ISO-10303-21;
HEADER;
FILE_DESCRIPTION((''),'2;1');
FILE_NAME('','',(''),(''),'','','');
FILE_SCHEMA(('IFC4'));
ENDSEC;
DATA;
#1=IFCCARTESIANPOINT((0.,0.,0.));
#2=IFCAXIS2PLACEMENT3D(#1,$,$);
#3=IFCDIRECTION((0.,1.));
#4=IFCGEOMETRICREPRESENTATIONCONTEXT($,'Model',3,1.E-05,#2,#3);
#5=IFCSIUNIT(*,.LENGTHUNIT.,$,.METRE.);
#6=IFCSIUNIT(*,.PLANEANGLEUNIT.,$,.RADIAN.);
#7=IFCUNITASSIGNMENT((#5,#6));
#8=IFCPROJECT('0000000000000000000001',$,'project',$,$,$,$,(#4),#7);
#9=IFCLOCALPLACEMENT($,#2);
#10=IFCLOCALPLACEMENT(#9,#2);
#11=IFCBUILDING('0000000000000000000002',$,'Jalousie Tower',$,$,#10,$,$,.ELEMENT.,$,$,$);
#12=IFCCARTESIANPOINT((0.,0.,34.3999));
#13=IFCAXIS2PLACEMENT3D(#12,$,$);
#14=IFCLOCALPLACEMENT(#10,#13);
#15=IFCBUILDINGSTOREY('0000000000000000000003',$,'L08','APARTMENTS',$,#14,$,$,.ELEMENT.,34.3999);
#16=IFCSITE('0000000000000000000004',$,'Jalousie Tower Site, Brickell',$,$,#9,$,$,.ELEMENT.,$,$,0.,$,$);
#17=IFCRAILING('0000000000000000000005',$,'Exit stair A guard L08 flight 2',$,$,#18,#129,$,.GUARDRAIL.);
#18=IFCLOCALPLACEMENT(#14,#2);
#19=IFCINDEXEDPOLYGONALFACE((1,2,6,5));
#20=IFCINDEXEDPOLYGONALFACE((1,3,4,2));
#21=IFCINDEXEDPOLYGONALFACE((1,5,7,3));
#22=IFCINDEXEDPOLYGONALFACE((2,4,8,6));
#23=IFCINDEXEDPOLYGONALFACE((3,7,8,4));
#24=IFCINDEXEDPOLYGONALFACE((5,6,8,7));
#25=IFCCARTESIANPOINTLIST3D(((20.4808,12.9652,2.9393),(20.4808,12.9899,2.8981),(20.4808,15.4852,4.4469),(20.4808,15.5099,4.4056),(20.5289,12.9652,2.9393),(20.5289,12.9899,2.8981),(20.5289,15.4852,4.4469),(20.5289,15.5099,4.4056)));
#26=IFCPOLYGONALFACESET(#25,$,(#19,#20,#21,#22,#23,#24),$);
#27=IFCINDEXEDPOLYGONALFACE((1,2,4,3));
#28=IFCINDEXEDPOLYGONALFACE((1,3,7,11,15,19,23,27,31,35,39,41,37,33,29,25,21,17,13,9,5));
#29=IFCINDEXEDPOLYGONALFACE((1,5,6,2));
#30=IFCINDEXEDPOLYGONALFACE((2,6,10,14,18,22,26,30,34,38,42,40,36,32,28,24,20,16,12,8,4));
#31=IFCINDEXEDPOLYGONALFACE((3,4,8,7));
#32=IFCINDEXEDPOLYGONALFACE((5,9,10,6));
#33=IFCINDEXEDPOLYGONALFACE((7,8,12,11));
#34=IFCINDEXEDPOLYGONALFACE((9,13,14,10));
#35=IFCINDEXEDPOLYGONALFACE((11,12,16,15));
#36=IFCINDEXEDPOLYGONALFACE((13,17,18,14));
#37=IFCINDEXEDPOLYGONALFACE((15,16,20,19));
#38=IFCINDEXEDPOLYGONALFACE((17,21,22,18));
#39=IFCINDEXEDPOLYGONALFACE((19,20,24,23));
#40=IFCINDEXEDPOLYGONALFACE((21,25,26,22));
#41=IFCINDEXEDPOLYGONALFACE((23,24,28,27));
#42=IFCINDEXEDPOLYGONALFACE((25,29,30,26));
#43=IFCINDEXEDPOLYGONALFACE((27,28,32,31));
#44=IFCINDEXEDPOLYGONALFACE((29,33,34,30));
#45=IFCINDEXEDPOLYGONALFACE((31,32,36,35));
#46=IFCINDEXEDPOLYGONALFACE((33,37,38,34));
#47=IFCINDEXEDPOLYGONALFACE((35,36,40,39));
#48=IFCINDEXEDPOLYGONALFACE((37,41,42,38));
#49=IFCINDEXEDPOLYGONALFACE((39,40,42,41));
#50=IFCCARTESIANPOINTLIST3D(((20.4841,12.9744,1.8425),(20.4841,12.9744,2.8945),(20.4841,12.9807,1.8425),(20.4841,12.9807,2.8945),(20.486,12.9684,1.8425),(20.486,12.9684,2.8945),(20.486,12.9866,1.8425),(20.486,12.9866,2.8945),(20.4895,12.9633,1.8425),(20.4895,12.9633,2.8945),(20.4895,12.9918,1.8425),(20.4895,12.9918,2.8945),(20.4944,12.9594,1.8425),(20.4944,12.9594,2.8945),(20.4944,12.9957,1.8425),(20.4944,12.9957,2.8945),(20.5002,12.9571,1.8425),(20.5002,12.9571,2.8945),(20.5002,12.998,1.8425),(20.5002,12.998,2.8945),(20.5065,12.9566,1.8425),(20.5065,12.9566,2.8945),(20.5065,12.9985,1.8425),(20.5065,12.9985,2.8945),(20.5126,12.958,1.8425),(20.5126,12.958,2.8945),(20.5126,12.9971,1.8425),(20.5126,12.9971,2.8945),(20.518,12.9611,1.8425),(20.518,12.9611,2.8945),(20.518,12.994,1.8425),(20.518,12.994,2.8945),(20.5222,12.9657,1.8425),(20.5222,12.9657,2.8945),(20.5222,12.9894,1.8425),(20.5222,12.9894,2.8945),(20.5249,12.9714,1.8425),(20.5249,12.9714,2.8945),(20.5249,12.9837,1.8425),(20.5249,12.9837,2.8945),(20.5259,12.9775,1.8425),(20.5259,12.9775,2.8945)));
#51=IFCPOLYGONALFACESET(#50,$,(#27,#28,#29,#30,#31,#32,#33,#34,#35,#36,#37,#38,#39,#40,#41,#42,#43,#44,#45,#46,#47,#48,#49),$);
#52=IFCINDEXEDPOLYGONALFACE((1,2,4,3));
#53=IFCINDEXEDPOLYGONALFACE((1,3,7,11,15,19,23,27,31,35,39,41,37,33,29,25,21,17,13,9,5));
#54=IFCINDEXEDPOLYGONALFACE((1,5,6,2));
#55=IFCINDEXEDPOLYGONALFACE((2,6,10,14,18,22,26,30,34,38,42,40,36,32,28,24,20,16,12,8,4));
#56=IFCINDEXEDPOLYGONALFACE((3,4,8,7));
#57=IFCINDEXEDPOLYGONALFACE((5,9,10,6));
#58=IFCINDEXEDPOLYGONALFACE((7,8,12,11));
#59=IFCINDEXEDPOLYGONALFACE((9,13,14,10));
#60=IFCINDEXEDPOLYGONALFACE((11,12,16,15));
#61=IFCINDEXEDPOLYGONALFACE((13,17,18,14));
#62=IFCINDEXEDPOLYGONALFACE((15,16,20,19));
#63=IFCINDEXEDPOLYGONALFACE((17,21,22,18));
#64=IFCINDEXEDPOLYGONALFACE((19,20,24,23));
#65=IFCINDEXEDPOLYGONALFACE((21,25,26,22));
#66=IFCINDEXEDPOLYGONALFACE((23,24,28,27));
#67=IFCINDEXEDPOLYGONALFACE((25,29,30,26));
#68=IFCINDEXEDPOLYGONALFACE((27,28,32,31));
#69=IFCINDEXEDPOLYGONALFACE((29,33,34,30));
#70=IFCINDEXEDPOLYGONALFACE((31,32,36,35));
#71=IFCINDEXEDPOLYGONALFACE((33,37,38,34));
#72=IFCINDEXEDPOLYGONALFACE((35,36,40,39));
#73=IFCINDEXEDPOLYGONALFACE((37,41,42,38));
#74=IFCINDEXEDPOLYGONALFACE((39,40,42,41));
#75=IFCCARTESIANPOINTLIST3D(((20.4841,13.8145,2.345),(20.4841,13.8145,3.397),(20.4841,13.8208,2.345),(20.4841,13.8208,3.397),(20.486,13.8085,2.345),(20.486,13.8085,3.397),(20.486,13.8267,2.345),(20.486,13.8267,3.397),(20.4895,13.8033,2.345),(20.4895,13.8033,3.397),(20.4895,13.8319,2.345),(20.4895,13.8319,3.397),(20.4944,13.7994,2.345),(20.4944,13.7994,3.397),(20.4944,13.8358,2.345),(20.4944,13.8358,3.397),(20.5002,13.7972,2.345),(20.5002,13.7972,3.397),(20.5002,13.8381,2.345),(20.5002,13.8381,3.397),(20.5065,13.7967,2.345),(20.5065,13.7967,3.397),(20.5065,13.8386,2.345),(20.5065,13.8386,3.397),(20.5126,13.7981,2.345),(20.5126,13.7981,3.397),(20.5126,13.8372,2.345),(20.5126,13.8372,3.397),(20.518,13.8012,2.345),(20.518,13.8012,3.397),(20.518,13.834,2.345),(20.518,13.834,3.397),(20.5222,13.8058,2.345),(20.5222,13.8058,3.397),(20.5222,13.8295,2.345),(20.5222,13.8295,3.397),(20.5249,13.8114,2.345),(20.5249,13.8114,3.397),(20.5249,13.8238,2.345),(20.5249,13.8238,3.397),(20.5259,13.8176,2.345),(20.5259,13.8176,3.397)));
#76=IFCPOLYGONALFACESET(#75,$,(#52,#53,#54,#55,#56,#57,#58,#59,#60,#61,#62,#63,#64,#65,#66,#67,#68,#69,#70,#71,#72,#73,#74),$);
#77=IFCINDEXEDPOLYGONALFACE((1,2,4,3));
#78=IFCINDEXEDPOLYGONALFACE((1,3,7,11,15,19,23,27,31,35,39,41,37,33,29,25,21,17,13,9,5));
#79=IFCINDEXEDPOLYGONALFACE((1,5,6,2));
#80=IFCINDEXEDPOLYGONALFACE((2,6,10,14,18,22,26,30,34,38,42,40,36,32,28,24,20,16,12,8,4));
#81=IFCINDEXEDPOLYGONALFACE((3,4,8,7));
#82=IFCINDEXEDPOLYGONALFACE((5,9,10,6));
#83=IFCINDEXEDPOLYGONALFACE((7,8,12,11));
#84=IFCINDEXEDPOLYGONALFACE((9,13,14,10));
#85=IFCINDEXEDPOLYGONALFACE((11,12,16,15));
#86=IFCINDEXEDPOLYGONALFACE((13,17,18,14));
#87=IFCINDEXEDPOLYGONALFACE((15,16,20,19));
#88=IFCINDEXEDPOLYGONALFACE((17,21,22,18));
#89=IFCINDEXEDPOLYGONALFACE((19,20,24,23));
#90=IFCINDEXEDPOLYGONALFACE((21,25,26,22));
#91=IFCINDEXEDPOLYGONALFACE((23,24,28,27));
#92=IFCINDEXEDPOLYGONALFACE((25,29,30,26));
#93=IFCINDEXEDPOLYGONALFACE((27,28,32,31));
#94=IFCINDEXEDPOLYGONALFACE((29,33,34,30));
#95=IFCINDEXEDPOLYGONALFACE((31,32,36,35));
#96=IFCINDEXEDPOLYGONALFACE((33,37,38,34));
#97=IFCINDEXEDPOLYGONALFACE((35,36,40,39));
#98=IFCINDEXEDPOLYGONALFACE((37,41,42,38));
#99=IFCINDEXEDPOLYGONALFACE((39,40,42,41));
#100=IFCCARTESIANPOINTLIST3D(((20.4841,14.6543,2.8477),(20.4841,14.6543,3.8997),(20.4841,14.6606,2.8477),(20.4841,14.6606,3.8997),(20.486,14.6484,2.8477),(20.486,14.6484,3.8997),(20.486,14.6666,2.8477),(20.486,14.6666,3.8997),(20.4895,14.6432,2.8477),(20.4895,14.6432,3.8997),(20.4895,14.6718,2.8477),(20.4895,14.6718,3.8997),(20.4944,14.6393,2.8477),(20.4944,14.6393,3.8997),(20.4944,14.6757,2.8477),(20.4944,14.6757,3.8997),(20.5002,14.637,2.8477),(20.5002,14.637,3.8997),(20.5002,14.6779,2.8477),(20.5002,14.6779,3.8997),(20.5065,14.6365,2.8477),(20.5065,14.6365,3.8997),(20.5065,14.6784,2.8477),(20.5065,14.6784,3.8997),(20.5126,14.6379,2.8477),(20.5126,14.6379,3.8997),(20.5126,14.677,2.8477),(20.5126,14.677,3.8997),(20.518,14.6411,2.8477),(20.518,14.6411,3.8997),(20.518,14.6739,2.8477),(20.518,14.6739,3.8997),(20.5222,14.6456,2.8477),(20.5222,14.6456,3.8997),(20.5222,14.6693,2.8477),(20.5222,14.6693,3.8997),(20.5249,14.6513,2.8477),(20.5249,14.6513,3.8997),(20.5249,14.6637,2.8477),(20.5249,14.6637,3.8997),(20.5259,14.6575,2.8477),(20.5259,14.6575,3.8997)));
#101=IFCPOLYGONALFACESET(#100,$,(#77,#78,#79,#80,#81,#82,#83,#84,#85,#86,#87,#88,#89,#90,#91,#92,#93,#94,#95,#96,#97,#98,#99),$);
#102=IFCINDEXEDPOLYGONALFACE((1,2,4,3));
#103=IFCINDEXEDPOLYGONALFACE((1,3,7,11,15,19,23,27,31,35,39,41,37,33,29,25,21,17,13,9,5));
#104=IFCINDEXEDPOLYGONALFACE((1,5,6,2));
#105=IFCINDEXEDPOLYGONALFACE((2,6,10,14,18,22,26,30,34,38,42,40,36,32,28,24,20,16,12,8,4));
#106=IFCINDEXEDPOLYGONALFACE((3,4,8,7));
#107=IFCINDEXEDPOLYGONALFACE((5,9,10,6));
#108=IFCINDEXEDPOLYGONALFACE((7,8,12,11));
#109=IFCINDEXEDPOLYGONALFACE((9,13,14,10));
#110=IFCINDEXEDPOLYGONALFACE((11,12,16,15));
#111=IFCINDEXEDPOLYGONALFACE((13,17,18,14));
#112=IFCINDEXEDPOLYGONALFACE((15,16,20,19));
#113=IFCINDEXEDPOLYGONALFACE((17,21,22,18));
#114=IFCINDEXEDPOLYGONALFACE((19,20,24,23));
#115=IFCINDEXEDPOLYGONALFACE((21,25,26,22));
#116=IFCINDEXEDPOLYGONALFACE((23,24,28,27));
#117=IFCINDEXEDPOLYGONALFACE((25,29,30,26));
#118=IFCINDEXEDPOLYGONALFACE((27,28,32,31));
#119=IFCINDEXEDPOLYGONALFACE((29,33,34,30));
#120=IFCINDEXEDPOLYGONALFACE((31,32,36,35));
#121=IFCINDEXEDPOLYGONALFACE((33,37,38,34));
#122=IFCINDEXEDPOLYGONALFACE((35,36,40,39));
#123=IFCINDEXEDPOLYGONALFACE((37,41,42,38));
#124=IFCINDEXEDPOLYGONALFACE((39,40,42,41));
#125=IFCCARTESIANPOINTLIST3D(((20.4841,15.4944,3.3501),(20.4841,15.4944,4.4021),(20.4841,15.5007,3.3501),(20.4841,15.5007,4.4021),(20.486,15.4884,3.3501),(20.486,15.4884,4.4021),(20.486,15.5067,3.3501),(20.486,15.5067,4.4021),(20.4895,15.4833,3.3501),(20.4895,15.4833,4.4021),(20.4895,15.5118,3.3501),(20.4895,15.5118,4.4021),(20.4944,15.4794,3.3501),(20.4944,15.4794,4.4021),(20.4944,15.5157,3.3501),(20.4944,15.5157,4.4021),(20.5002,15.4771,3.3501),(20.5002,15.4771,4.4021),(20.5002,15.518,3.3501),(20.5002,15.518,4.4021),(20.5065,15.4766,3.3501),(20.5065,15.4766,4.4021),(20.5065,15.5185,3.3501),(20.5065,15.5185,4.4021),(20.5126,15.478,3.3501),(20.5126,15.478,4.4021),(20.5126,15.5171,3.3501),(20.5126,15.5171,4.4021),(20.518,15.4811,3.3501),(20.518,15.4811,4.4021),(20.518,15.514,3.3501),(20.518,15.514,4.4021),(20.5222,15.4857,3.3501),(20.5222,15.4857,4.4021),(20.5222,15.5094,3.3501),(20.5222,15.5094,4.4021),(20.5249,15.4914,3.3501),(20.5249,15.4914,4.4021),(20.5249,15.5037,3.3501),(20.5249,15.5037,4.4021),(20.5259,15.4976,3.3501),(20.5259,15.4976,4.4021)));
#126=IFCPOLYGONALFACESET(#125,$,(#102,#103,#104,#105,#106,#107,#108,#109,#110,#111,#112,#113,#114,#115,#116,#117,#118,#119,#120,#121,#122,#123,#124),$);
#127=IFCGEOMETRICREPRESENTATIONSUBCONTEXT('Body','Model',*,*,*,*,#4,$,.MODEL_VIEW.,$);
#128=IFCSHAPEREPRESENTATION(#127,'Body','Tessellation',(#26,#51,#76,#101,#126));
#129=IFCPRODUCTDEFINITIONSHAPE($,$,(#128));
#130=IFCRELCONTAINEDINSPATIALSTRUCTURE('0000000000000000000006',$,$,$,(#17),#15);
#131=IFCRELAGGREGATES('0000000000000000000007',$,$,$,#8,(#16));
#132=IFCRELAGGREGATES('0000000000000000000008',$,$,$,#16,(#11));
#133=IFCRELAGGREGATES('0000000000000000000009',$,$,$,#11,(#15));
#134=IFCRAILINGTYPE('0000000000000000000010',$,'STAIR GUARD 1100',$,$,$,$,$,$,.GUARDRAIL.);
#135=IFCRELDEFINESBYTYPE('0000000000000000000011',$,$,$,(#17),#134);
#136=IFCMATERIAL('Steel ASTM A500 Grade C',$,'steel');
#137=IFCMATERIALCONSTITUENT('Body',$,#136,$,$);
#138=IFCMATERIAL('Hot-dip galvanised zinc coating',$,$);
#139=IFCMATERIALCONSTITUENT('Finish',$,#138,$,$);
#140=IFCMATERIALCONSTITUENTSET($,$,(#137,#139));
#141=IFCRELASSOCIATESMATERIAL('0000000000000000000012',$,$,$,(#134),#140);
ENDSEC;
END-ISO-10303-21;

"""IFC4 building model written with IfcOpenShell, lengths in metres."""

from ifc_helpers import new_model, si_unit, direction, frame, origin, origin_2d, place, context, subcontext, project, spatial, rectangle, circle, extrude, material, constituent, constituent_set, type_object, element, save


model = new_model("IFC4")

# Units and contexts
model_context = context("Model", 3, precision=1e-05, world=origin(), true_north=direction((0.0, 1.0)))
body_context = subcontext(model_context, "Body", "Model", "MODEL_VIEW")
ifc_project = project(units=[si_unit("LENGTHUNIT", "METRE"), si_unit("PLANEANGLEUNIT", "RADIAN")], contexts=[model_context])

# Site, building, storey
site_placement = place(None, origin())
site = spatial("IfcSite", under=ifc_project, at=site_placement, Name="Jalousie Tower Site, Brickell", CompositionType="ELEMENT", RefElevation=0.0)
building_placement = place(site_placement, origin())
building = spatial("IfcBuilding", under=site, at=building_placement, Name="Jalousie Tower", CompositionType="ELEMENT")
storey_placement = place(building_placement, frame((0.0, 0.0, 34.3999)))
storey = spatial("IfcBuildingStorey", under=building, at=storey_placement, Name="L08", Description="APARTMENTS", CompositionType="ELEMENT", Elevation=34.3999)

# Railing
ifc_material_1 = material(Name="Steel ASTM A500 Grade C", Category="steel")
ifc_constituent_1 = constituent(ifc_material_1, Name="Body")
ifc_material_2 = material(Name="Hot-dip galvanised zinc coating")
ifc_constituent_2 = constituent(ifc_material_2, Name="Finish")
ifc_constituent_set_1 = constituent_set(constituents=[ifc_constituent_1, ifc_constituent_2])
railing_type_1 = type_object("IfcRailingType", Name="STAIR GUARD 1100", PredefinedType="GUARDRAIL", material=ifc_constituent_set_1)
railing_1_placement = place(storey_placement, frame((20.5049, 12.9775, 1.8425)))
element("IfcRailing", 1, at=railing_1_placement, inside=storey, type_object=railing_type_1, Name="Exit stair A guard L08 flight 2", PredefinedType="GUARDRAIL", context=body_context, shape_type="SweptSolid", body=[
    extrude(rectangle(XDim=0.0481, YDim=0.0481, at=origin_2d()), frame((0.0, 0.0, 1.0762), z_axis=(0.0, 0.85816, 0.513383), x_axis=(-1.0, 0.0, 0.0)), (0.0, 0.0, 1.0), 2.9365),
    extrude(circle(Radius=0.021, at=origin_2d()), origin(), (0.0, 0.0, 1.0), 1.052),
    extrude(circle(Radius=0.021, at=origin_2d()), frame((0.0, 0.8401, 0.5024)), (0.0, 0.0, 1.0), 1.052),
    extrude(circle(Radius=0.021, at=origin_2d()), frame((0.0, 1.6799, 1.0051)), (0.0, 0.0, 1.0), 1.052),
    extrude(circle(Radius=0.021, at=origin_2d()), frame((0.0, 2.52, 1.5076)), (0.0, 0.0, 1.0), 1.052),
])

save(model, "model.ifc")
